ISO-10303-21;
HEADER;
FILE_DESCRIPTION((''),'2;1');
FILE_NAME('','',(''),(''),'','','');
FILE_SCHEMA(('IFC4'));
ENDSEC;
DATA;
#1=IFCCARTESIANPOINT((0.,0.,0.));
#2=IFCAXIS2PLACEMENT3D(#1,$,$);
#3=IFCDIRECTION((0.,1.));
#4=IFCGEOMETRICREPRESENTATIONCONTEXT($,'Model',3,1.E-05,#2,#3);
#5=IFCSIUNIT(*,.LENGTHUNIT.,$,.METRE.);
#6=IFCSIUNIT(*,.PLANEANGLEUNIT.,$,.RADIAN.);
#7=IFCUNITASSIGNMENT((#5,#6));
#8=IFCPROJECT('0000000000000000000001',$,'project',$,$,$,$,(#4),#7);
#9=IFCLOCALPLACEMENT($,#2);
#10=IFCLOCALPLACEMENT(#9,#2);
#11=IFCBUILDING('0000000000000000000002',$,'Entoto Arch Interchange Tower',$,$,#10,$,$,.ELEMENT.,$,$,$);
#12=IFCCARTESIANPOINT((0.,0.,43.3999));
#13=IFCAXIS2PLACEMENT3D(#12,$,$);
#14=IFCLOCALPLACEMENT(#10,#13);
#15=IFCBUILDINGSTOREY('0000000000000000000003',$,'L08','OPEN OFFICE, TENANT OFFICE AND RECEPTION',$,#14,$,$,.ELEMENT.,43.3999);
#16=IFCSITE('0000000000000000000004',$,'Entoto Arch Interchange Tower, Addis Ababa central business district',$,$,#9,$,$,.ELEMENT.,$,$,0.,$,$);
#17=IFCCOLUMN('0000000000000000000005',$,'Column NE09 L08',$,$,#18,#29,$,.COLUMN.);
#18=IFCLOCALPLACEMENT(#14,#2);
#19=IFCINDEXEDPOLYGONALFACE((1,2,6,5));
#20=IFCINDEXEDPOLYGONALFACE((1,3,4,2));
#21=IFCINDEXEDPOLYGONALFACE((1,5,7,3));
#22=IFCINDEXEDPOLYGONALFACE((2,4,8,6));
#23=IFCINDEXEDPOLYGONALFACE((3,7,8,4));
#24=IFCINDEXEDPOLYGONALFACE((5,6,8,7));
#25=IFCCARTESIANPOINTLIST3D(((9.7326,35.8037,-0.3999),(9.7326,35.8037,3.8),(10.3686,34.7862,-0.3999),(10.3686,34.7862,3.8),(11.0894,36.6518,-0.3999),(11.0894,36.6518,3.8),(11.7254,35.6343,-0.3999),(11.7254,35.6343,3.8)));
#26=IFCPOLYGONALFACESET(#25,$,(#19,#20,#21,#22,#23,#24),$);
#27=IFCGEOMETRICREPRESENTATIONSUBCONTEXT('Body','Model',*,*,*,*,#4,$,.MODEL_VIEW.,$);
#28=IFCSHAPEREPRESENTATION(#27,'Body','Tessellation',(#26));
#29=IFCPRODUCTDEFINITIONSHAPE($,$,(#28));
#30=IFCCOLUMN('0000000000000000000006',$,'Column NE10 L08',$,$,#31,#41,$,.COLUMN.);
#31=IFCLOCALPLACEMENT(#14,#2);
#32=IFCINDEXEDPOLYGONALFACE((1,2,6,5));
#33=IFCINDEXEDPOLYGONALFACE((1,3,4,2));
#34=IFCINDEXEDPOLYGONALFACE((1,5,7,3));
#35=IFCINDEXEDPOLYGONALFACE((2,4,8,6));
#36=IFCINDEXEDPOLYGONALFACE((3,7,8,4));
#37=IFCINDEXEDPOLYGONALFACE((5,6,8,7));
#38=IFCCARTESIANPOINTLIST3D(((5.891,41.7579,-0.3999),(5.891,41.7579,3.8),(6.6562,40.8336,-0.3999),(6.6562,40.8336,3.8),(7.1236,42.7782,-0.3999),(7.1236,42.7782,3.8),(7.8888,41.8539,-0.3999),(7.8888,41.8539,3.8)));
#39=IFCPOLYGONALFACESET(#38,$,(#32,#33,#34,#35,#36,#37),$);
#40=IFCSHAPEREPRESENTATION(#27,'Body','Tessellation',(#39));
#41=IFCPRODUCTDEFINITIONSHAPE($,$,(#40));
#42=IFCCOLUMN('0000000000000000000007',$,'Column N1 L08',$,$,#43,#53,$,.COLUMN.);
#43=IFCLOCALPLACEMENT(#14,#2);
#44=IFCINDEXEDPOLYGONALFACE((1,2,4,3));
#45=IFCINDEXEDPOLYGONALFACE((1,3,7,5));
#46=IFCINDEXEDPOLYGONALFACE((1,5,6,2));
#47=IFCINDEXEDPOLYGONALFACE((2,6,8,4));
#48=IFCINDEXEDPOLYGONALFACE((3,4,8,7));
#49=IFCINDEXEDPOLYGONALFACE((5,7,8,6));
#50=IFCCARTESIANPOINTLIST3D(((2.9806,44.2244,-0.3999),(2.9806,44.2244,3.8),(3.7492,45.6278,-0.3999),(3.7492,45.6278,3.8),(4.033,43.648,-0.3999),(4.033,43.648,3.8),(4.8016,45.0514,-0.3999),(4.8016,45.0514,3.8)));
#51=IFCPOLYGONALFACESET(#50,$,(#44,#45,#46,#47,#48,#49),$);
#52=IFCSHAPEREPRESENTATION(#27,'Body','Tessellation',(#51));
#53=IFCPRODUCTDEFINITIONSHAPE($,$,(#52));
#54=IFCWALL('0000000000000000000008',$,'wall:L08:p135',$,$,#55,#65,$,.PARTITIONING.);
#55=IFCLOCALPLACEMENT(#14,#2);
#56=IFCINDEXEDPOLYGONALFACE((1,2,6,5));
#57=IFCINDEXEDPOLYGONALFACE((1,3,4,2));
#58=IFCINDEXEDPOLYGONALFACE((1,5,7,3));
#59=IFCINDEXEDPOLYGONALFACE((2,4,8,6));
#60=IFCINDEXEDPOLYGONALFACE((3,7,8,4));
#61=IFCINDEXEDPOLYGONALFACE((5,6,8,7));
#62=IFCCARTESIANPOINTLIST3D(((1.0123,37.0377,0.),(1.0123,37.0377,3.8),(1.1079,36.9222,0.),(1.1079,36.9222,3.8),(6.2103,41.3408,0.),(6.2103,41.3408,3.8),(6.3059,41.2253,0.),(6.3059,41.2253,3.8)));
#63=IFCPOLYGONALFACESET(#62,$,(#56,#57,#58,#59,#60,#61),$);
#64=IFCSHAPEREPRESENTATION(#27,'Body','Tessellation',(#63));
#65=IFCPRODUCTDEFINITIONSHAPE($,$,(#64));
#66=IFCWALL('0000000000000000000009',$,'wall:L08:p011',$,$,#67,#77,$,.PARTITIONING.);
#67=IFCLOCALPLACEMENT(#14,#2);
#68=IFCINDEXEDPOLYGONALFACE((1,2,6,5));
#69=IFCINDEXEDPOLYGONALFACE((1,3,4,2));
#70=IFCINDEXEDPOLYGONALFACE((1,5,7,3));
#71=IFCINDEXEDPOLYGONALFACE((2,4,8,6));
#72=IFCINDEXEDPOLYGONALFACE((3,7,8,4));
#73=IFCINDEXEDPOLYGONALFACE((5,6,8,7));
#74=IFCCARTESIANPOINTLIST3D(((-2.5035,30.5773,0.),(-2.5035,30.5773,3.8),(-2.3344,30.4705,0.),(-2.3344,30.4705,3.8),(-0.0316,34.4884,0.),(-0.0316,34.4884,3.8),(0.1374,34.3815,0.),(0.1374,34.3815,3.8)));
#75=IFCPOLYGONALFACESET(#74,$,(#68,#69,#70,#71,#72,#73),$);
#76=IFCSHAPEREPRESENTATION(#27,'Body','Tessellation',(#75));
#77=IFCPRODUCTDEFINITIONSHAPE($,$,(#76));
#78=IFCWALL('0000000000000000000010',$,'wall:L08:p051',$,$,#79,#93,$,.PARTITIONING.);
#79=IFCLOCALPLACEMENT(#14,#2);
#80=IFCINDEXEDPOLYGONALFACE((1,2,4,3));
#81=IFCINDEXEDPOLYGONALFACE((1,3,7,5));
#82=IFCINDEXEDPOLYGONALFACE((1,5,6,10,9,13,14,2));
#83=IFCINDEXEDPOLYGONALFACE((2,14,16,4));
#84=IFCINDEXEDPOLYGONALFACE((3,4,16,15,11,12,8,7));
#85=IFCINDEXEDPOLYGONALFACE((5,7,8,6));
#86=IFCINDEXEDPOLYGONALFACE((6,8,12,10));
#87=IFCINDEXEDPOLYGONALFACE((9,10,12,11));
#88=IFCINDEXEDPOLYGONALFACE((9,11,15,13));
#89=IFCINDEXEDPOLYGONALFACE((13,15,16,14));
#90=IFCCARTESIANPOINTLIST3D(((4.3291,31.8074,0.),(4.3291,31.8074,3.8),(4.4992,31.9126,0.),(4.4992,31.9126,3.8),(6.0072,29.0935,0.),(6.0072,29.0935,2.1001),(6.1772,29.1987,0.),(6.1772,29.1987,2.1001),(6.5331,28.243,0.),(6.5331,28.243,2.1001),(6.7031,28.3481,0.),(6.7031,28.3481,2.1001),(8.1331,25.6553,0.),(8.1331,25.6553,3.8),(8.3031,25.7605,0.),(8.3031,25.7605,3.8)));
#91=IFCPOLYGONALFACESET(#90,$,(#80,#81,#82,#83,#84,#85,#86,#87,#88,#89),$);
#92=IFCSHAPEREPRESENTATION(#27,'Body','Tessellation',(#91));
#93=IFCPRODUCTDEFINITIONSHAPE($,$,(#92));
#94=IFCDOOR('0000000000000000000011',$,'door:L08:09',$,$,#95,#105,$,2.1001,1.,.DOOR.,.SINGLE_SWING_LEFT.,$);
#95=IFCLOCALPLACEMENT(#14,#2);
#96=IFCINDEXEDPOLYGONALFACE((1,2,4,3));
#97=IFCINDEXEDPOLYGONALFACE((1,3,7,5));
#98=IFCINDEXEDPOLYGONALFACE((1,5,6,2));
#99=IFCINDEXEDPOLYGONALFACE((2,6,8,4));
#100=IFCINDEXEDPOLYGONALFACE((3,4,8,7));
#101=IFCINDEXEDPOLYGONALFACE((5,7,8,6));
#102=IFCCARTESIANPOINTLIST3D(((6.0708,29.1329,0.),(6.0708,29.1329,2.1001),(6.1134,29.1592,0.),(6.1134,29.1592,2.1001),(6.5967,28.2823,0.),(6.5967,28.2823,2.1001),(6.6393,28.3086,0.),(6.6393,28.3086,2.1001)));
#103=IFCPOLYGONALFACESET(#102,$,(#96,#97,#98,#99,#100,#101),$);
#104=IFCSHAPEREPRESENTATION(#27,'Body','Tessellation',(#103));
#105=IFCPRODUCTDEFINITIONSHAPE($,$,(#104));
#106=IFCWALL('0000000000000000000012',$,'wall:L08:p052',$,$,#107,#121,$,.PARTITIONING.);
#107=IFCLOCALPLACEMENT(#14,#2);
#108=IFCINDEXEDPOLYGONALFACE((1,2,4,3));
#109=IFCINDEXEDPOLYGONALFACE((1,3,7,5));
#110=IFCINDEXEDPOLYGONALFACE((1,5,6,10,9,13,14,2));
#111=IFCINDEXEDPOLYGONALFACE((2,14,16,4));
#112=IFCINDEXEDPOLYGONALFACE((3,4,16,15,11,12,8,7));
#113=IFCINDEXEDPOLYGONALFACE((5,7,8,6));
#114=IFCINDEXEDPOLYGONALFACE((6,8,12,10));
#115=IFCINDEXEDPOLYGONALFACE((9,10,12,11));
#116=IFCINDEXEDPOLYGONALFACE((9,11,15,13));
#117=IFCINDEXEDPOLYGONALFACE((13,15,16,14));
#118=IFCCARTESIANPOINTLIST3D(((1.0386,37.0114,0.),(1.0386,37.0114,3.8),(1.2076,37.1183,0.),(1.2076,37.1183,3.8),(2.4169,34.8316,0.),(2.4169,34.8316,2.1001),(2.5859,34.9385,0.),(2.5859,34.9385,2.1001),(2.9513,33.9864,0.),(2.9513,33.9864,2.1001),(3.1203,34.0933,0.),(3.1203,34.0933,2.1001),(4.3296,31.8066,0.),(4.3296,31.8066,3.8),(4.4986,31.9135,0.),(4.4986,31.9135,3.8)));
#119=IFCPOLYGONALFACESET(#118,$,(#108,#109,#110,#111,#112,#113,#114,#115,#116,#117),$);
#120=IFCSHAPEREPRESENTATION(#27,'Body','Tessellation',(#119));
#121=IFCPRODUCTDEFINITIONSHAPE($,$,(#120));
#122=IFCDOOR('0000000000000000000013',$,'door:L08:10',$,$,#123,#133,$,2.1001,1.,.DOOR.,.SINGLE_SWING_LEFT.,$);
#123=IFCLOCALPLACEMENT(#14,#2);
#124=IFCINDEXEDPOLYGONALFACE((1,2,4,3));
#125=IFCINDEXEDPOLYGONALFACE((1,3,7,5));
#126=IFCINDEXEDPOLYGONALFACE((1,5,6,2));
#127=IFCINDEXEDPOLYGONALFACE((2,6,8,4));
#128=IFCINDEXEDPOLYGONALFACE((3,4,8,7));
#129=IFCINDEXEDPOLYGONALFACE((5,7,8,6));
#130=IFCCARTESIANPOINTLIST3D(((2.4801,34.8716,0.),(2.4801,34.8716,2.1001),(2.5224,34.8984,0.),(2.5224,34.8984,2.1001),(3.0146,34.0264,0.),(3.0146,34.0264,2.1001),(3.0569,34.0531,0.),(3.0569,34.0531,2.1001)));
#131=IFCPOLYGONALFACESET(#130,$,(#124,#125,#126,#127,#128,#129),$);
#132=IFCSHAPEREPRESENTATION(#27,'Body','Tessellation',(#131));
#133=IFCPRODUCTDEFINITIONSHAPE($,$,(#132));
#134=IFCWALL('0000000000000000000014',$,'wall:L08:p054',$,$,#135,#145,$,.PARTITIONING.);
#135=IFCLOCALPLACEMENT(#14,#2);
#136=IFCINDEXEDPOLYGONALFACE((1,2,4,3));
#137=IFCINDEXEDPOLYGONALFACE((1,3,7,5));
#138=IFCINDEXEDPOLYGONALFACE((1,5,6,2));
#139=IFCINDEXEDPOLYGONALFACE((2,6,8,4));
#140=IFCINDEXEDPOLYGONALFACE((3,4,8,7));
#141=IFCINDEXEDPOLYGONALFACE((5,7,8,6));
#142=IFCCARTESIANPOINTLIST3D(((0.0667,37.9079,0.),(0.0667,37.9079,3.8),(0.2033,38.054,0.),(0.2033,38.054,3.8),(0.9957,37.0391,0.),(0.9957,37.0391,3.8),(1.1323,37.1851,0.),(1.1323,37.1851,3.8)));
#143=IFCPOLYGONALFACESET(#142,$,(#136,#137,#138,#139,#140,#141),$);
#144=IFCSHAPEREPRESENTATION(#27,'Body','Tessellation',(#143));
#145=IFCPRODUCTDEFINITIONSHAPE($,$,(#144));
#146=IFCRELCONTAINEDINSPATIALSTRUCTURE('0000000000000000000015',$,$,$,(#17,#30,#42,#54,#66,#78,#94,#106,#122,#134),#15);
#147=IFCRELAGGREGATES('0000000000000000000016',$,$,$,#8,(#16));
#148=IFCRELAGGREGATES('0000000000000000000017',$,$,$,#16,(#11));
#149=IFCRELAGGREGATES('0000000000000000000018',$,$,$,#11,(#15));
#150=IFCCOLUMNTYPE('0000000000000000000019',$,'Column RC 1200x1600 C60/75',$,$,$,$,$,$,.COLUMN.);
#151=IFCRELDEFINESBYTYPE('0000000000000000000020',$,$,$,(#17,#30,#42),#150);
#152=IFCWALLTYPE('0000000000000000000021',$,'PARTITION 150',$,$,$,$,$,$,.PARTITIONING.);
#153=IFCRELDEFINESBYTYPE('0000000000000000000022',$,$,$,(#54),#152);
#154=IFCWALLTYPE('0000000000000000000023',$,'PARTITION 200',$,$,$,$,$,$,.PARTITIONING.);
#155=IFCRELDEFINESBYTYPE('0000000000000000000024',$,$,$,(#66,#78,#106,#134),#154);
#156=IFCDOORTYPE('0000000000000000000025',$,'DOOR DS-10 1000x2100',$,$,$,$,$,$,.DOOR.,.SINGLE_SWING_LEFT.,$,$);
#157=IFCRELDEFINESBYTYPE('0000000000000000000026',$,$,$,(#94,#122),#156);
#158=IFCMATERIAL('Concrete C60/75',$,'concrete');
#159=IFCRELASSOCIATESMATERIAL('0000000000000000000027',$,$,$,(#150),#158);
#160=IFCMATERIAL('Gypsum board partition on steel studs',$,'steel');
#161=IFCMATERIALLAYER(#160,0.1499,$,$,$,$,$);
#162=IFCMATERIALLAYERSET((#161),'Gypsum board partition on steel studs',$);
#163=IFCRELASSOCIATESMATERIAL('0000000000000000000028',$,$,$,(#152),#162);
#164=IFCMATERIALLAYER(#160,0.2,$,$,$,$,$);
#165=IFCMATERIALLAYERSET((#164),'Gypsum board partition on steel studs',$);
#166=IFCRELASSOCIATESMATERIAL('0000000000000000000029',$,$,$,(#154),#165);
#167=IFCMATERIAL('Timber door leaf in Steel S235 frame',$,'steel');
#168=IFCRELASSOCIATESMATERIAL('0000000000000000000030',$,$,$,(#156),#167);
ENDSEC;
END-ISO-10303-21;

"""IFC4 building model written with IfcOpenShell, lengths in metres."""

from ifc_helpers import new_model, si_unit, direction, frame, frame_2d, origin, origin_2d, place, context, subcontext, project, spatial, rectangle, extrude, material, layer, layer_set, material_profile, profile_set, type_object, element, fill, save


model = new_model("IFC4")

# Units and contexts
model_context = context("Model", 3, precision=1e-05, world=origin(), true_north=direction((0.0, 1.0)))
body_context = subcontext(model_context, "Body", "Model", "MODEL_VIEW")
ifc_project = project(units=[si_unit("LENGTHUNIT", "METRE"), si_unit("PLANEANGLEUNIT", "RADIAN")], contexts=[model_context])

# Site, building, storey
site_placement = place(None, origin())
site = spatial("IfcSite", under=ifc_project, at=site_placement, Name="Entoto Arch Interchange Tower, Addis Ababa central business district", CompositionType="ELEMENT", RefElevation=0.0)
building_placement = place(site_placement, origin())
building = spatial("IfcBuilding", under=site, at=building_placement, Name="Entoto Arch Interchange Tower", CompositionType="ELEMENT")
storey_placement = place(building_placement, frame((0.0, 0.0, 43.3999)))
storey = spatial("IfcBuildingStorey", under=building, at=storey_placement, Name="L08", Description="OPEN OFFICE, TENANT OFFICE AND RECEPTION", CompositionType="ELEMENT", Elevation=43.3999)

# Columns
ifc_material_1 = material(Name="Concrete C60/75", Category="concrete")
ifc_material_profile = material_profile(ifc_material_1, rectangle(XDim=1.2, YDim=1.6001, at=origin_2d()))
ifc_profile_set = profile_set([ifc_material_profile], Name="Concrete C60/75")
column_type = type_object("IfcColumnType", Name="Column RC 1200x1600 C60/75", PredefinedType="COLUMN", material=ifc_profile_set)
for number, where, z_axis, x_axis, name in (
    (1, (10.729, 35.719, -0.3999), (0.0, 0.0, 1.0), (-0.530067, 0.847956, 0.0), "Column NE09 L08"),
    (2, (6.8899, 41.8059, -0.3999), (0.0, 0.0, 1.0), (-0.637666, 0.770313, 0.0), "Column NE10 L08"),
    (3, (3.8911, 44.6379, -0.3999), (0.0, 0.0, 1.0), (-0.877079, 0.480346, 0.0), "Column N1 L08"),
):
    element("IfcColumn", number, at=place(storey_placement, frame(where, z_axis=z_axis, x_axis=x_axis)), inside=storey, type_object=column_type, Name=name, PredefinedType="COLUMN", context=body_context, shape_type="SweptSolid", body=[
        extrude(rectangle(XDim=1.2, YDim=1.6001, at=origin_2d()), origin(), (0.0, 0.0, 1.0), 4.2),
    ])

# Walls
ifc_material_2 = material(Name="Gypsum board partition on steel studs", Category="steel")
ifc_layer_1 = layer(ifc_material_2, 0.1499)
ifc_layer_set_1 = layer_set([ifc_layer_1], Name="Gypsum board partition on steel studs")
wall_type_1 = type_object("IfcWallType", Name="PARTITION 150", PredefinedType="PARTITIONING", material=ifc_layer_set_1)
wall_1_placement = place(storey_placement, frame((1.0601, 36.98, 0.0), z_axis=(0.0, 0.0, 1.0), x_axis=(0.770308, 0.637672, 0.0)))
element("IfcWall", 4, at=wall_1_placement, inside=storey, type_object=wall_type_1, Name="wall:L08:p135", PredefinedType="PARTITIONING", context=body_context, shape_type="SweptSolid", body=[
    extrude(rectangle(XDim=6.748, YDim=0.1499, at=frame_2d((3.374, 0.0))), origin(), (0.0, 0.0, 1.0), 3.8),
])
ifc_layer_2 = layer(ifc_material_2, 0.2)
ifc_layer_set_2 = layer_set([ifc_layer_2], Name="Gypsum board partition on steel studs")
wall_type_2 = type_object("IfcWallType", Name="PARTITION 200", PredefinedType="PARTITIONING", material=ifc_layer_set_2)
wall_2_placement = place(storey_placement, frame((0.053, 34.4351, 0.0), z_axis=(0.0, 0.0, 1.0), x_axis=(-0.534261, -0.84532, 0.0)))
element("IfcWall", 5, at=wall_2_placement, inside=storey, type_object=wall_type_2, Name="wall:L08:p011", PredefinedType="PARTITIONING", context=body_context, shape_type="SweptSolid", body=[
    extrude(rectangle(XDim=4.6267, YDim=0.2, at=frame_2d((2.3135, 0.0))), origin(), (0.0, 0.0, 1.0), 3.8),
])

# Walls, openings, doors
wall_3_placement = place(storey_placement, frame((4.4141, 31.8601, 0.0), z_axis=(0.0, 0.0, 1.0), x_axis=(0.525906, -0.850543, 0.0)))
wall_3 = element("IfcWall", 6, at=wall_3_placement, inside=storey, type_object=wall_type_2, Name="wall:L08:p051", PredefinedType="PARTITIONING", context=body_context, shape_type="SweptSolid", body=[
    extrude(rectangle(XDim=7.2332, YDim=0.2, at=frame_2d((3.6167, 0.0))), origin(), (0.0, 0.0, 1.0), 3.8),
])
opening_1_placement = place(wall_3_placement, frame((3.1909, 0.0, 0.0)))
opening_1 = element("IfcOpeningElement", 7, at=opening_1_placement, cuts=wall_3, PredefinedType="OPENING", context=body_context, shape_type="SweptSolid", body=[
    extrude(rectangle(XDim=1.0, YDim=2.1001, at=frame_2d((0.5, 1.05))), frame((0.0, 0.1099, 0.0), z_axis=(0.0, -1.0, 0.0), x_axis=(1.0, 0.0, 0.0)), (0.0, 0.0, 1.0), 0.22),
])
ifc_material_3 = material(Name="Timber door leaf in Steel S235 frame", Category="steel")
door_type = type_object("IfcDoorType", Name="DOOR DS-10 1000x2100", OperationType="SINGLE_SWING_LEFT", PredefinedType="DOOR", material=ifc_material_3)
door_1_placement = place(opening_1_placement, origin())
door_1 = element("IfcDoor", 8, at=door_1_placement, inside=storey, type_object=door_type, Name="door:L08:09", OperationType="SINGLE_SWING_LEFT", OverallHeight=2.1001, OverallWidth=1.0, PredefinedType="DOOR", context=body_context, shape_type="SweptSolid", body=[
    extrude(rectangle(XDim=1.0, YDim=2.1001, at=frame_2d((0.5, 1.05))), frame((0.0, 0.0249, 0.0), z_axis=(0.0, -1.0, 0.0), x_axis=(1.0, 0.0, 0.0)), (0.0, 0.0, 1.0), 0.05),
])
fill(opening_1, door_1)
wall_4_placement = place(storey_placement, frame((1.123, 37.0649, 0.0), z_axis=(0.0, 0.0, 1.0), x_axis=(0.534428, -0.845214, 0.0)))
wall_4 = element("IfcWall", 9, at=wall_4_placement, inside=storey, type_object=wall_type_2, Name="wall:L08:p052", PredefinedType="PARTITIONING", context=body_context, shape_type="SweptSolid", body=[
    extrude(rectangle(XDim=6.158, YDim=0.2, at=frame_2d((3.0791, 0.0))), origin(), (0.0, 0.0, 1.0), 3.8),
])
opening_2_placement = place(wall_4_placement, frame((2.5791, 0.0, 0.0)))
opening_2 = element("IfcOpeningElement", 10, at=opening_2_placement, cuts=wall_4, PredefinedType="OPENING", context=body_context, shape_type="SweptSolid", body=[
    extrude(rectangle(XDim=1.0, YDim=2.1001, at=frame_2d((0.5, 1.05))), frame((0.0, 0.1099, 0.0), z_axis=(0.0, -1.0, 0.0), x_axis=(1.0, 0.0, 0.0)), (0.0, 0.0, 1.0), 0.22),
])
door_2_placement = place(opening_2_placement, origin())
door_2 = element("IfcDoor", 11, at=door_2_placement, inside=storey, type_object=door_type, Name="door:L08:10", OperationType="SINGLE_SWING_LEFT", OverallHeight=2.1001, OverallWidth=1.0, PredefinedType="DOOR", context=body_context, shape_type="SweptSolid", body=[
    extrude(rectangle(XDim=1.0, YDim=2.1001, at=frame_2d((0.5, 1.05))), frame((0.0, 0.0249, 0.0), z_axis=(0.0, -1.0, 0.0), x_axis=(1.0, 0.0, 0.0)), (0.0, 0.0, 1.0), 0.05),
])
fill(opening_2, door_2)

# Wall
wall_5_placement = place(storey_placement, frame((0.135, 37.981, 0.0), z_axis=(0.0, 0.0, 1.0), x_axis=(0.730321, -0.683104, 0.0)))
element("IfcWall", 12, at=wall_5_placement, inside=storey, type_object=wall_type_2, Name="wall:L08:p054", PredefinedType="PARTITIONING", context=body_context, shape_type="SweptSolid", body=[
    extrude(rectangle(XDim=1.272, YDim=0.2, at=frame_2d((0.636, 0.0))), origin(), (0.0, 0.0, 1.0), 3.8),
])

save(model, "model.ifc")
